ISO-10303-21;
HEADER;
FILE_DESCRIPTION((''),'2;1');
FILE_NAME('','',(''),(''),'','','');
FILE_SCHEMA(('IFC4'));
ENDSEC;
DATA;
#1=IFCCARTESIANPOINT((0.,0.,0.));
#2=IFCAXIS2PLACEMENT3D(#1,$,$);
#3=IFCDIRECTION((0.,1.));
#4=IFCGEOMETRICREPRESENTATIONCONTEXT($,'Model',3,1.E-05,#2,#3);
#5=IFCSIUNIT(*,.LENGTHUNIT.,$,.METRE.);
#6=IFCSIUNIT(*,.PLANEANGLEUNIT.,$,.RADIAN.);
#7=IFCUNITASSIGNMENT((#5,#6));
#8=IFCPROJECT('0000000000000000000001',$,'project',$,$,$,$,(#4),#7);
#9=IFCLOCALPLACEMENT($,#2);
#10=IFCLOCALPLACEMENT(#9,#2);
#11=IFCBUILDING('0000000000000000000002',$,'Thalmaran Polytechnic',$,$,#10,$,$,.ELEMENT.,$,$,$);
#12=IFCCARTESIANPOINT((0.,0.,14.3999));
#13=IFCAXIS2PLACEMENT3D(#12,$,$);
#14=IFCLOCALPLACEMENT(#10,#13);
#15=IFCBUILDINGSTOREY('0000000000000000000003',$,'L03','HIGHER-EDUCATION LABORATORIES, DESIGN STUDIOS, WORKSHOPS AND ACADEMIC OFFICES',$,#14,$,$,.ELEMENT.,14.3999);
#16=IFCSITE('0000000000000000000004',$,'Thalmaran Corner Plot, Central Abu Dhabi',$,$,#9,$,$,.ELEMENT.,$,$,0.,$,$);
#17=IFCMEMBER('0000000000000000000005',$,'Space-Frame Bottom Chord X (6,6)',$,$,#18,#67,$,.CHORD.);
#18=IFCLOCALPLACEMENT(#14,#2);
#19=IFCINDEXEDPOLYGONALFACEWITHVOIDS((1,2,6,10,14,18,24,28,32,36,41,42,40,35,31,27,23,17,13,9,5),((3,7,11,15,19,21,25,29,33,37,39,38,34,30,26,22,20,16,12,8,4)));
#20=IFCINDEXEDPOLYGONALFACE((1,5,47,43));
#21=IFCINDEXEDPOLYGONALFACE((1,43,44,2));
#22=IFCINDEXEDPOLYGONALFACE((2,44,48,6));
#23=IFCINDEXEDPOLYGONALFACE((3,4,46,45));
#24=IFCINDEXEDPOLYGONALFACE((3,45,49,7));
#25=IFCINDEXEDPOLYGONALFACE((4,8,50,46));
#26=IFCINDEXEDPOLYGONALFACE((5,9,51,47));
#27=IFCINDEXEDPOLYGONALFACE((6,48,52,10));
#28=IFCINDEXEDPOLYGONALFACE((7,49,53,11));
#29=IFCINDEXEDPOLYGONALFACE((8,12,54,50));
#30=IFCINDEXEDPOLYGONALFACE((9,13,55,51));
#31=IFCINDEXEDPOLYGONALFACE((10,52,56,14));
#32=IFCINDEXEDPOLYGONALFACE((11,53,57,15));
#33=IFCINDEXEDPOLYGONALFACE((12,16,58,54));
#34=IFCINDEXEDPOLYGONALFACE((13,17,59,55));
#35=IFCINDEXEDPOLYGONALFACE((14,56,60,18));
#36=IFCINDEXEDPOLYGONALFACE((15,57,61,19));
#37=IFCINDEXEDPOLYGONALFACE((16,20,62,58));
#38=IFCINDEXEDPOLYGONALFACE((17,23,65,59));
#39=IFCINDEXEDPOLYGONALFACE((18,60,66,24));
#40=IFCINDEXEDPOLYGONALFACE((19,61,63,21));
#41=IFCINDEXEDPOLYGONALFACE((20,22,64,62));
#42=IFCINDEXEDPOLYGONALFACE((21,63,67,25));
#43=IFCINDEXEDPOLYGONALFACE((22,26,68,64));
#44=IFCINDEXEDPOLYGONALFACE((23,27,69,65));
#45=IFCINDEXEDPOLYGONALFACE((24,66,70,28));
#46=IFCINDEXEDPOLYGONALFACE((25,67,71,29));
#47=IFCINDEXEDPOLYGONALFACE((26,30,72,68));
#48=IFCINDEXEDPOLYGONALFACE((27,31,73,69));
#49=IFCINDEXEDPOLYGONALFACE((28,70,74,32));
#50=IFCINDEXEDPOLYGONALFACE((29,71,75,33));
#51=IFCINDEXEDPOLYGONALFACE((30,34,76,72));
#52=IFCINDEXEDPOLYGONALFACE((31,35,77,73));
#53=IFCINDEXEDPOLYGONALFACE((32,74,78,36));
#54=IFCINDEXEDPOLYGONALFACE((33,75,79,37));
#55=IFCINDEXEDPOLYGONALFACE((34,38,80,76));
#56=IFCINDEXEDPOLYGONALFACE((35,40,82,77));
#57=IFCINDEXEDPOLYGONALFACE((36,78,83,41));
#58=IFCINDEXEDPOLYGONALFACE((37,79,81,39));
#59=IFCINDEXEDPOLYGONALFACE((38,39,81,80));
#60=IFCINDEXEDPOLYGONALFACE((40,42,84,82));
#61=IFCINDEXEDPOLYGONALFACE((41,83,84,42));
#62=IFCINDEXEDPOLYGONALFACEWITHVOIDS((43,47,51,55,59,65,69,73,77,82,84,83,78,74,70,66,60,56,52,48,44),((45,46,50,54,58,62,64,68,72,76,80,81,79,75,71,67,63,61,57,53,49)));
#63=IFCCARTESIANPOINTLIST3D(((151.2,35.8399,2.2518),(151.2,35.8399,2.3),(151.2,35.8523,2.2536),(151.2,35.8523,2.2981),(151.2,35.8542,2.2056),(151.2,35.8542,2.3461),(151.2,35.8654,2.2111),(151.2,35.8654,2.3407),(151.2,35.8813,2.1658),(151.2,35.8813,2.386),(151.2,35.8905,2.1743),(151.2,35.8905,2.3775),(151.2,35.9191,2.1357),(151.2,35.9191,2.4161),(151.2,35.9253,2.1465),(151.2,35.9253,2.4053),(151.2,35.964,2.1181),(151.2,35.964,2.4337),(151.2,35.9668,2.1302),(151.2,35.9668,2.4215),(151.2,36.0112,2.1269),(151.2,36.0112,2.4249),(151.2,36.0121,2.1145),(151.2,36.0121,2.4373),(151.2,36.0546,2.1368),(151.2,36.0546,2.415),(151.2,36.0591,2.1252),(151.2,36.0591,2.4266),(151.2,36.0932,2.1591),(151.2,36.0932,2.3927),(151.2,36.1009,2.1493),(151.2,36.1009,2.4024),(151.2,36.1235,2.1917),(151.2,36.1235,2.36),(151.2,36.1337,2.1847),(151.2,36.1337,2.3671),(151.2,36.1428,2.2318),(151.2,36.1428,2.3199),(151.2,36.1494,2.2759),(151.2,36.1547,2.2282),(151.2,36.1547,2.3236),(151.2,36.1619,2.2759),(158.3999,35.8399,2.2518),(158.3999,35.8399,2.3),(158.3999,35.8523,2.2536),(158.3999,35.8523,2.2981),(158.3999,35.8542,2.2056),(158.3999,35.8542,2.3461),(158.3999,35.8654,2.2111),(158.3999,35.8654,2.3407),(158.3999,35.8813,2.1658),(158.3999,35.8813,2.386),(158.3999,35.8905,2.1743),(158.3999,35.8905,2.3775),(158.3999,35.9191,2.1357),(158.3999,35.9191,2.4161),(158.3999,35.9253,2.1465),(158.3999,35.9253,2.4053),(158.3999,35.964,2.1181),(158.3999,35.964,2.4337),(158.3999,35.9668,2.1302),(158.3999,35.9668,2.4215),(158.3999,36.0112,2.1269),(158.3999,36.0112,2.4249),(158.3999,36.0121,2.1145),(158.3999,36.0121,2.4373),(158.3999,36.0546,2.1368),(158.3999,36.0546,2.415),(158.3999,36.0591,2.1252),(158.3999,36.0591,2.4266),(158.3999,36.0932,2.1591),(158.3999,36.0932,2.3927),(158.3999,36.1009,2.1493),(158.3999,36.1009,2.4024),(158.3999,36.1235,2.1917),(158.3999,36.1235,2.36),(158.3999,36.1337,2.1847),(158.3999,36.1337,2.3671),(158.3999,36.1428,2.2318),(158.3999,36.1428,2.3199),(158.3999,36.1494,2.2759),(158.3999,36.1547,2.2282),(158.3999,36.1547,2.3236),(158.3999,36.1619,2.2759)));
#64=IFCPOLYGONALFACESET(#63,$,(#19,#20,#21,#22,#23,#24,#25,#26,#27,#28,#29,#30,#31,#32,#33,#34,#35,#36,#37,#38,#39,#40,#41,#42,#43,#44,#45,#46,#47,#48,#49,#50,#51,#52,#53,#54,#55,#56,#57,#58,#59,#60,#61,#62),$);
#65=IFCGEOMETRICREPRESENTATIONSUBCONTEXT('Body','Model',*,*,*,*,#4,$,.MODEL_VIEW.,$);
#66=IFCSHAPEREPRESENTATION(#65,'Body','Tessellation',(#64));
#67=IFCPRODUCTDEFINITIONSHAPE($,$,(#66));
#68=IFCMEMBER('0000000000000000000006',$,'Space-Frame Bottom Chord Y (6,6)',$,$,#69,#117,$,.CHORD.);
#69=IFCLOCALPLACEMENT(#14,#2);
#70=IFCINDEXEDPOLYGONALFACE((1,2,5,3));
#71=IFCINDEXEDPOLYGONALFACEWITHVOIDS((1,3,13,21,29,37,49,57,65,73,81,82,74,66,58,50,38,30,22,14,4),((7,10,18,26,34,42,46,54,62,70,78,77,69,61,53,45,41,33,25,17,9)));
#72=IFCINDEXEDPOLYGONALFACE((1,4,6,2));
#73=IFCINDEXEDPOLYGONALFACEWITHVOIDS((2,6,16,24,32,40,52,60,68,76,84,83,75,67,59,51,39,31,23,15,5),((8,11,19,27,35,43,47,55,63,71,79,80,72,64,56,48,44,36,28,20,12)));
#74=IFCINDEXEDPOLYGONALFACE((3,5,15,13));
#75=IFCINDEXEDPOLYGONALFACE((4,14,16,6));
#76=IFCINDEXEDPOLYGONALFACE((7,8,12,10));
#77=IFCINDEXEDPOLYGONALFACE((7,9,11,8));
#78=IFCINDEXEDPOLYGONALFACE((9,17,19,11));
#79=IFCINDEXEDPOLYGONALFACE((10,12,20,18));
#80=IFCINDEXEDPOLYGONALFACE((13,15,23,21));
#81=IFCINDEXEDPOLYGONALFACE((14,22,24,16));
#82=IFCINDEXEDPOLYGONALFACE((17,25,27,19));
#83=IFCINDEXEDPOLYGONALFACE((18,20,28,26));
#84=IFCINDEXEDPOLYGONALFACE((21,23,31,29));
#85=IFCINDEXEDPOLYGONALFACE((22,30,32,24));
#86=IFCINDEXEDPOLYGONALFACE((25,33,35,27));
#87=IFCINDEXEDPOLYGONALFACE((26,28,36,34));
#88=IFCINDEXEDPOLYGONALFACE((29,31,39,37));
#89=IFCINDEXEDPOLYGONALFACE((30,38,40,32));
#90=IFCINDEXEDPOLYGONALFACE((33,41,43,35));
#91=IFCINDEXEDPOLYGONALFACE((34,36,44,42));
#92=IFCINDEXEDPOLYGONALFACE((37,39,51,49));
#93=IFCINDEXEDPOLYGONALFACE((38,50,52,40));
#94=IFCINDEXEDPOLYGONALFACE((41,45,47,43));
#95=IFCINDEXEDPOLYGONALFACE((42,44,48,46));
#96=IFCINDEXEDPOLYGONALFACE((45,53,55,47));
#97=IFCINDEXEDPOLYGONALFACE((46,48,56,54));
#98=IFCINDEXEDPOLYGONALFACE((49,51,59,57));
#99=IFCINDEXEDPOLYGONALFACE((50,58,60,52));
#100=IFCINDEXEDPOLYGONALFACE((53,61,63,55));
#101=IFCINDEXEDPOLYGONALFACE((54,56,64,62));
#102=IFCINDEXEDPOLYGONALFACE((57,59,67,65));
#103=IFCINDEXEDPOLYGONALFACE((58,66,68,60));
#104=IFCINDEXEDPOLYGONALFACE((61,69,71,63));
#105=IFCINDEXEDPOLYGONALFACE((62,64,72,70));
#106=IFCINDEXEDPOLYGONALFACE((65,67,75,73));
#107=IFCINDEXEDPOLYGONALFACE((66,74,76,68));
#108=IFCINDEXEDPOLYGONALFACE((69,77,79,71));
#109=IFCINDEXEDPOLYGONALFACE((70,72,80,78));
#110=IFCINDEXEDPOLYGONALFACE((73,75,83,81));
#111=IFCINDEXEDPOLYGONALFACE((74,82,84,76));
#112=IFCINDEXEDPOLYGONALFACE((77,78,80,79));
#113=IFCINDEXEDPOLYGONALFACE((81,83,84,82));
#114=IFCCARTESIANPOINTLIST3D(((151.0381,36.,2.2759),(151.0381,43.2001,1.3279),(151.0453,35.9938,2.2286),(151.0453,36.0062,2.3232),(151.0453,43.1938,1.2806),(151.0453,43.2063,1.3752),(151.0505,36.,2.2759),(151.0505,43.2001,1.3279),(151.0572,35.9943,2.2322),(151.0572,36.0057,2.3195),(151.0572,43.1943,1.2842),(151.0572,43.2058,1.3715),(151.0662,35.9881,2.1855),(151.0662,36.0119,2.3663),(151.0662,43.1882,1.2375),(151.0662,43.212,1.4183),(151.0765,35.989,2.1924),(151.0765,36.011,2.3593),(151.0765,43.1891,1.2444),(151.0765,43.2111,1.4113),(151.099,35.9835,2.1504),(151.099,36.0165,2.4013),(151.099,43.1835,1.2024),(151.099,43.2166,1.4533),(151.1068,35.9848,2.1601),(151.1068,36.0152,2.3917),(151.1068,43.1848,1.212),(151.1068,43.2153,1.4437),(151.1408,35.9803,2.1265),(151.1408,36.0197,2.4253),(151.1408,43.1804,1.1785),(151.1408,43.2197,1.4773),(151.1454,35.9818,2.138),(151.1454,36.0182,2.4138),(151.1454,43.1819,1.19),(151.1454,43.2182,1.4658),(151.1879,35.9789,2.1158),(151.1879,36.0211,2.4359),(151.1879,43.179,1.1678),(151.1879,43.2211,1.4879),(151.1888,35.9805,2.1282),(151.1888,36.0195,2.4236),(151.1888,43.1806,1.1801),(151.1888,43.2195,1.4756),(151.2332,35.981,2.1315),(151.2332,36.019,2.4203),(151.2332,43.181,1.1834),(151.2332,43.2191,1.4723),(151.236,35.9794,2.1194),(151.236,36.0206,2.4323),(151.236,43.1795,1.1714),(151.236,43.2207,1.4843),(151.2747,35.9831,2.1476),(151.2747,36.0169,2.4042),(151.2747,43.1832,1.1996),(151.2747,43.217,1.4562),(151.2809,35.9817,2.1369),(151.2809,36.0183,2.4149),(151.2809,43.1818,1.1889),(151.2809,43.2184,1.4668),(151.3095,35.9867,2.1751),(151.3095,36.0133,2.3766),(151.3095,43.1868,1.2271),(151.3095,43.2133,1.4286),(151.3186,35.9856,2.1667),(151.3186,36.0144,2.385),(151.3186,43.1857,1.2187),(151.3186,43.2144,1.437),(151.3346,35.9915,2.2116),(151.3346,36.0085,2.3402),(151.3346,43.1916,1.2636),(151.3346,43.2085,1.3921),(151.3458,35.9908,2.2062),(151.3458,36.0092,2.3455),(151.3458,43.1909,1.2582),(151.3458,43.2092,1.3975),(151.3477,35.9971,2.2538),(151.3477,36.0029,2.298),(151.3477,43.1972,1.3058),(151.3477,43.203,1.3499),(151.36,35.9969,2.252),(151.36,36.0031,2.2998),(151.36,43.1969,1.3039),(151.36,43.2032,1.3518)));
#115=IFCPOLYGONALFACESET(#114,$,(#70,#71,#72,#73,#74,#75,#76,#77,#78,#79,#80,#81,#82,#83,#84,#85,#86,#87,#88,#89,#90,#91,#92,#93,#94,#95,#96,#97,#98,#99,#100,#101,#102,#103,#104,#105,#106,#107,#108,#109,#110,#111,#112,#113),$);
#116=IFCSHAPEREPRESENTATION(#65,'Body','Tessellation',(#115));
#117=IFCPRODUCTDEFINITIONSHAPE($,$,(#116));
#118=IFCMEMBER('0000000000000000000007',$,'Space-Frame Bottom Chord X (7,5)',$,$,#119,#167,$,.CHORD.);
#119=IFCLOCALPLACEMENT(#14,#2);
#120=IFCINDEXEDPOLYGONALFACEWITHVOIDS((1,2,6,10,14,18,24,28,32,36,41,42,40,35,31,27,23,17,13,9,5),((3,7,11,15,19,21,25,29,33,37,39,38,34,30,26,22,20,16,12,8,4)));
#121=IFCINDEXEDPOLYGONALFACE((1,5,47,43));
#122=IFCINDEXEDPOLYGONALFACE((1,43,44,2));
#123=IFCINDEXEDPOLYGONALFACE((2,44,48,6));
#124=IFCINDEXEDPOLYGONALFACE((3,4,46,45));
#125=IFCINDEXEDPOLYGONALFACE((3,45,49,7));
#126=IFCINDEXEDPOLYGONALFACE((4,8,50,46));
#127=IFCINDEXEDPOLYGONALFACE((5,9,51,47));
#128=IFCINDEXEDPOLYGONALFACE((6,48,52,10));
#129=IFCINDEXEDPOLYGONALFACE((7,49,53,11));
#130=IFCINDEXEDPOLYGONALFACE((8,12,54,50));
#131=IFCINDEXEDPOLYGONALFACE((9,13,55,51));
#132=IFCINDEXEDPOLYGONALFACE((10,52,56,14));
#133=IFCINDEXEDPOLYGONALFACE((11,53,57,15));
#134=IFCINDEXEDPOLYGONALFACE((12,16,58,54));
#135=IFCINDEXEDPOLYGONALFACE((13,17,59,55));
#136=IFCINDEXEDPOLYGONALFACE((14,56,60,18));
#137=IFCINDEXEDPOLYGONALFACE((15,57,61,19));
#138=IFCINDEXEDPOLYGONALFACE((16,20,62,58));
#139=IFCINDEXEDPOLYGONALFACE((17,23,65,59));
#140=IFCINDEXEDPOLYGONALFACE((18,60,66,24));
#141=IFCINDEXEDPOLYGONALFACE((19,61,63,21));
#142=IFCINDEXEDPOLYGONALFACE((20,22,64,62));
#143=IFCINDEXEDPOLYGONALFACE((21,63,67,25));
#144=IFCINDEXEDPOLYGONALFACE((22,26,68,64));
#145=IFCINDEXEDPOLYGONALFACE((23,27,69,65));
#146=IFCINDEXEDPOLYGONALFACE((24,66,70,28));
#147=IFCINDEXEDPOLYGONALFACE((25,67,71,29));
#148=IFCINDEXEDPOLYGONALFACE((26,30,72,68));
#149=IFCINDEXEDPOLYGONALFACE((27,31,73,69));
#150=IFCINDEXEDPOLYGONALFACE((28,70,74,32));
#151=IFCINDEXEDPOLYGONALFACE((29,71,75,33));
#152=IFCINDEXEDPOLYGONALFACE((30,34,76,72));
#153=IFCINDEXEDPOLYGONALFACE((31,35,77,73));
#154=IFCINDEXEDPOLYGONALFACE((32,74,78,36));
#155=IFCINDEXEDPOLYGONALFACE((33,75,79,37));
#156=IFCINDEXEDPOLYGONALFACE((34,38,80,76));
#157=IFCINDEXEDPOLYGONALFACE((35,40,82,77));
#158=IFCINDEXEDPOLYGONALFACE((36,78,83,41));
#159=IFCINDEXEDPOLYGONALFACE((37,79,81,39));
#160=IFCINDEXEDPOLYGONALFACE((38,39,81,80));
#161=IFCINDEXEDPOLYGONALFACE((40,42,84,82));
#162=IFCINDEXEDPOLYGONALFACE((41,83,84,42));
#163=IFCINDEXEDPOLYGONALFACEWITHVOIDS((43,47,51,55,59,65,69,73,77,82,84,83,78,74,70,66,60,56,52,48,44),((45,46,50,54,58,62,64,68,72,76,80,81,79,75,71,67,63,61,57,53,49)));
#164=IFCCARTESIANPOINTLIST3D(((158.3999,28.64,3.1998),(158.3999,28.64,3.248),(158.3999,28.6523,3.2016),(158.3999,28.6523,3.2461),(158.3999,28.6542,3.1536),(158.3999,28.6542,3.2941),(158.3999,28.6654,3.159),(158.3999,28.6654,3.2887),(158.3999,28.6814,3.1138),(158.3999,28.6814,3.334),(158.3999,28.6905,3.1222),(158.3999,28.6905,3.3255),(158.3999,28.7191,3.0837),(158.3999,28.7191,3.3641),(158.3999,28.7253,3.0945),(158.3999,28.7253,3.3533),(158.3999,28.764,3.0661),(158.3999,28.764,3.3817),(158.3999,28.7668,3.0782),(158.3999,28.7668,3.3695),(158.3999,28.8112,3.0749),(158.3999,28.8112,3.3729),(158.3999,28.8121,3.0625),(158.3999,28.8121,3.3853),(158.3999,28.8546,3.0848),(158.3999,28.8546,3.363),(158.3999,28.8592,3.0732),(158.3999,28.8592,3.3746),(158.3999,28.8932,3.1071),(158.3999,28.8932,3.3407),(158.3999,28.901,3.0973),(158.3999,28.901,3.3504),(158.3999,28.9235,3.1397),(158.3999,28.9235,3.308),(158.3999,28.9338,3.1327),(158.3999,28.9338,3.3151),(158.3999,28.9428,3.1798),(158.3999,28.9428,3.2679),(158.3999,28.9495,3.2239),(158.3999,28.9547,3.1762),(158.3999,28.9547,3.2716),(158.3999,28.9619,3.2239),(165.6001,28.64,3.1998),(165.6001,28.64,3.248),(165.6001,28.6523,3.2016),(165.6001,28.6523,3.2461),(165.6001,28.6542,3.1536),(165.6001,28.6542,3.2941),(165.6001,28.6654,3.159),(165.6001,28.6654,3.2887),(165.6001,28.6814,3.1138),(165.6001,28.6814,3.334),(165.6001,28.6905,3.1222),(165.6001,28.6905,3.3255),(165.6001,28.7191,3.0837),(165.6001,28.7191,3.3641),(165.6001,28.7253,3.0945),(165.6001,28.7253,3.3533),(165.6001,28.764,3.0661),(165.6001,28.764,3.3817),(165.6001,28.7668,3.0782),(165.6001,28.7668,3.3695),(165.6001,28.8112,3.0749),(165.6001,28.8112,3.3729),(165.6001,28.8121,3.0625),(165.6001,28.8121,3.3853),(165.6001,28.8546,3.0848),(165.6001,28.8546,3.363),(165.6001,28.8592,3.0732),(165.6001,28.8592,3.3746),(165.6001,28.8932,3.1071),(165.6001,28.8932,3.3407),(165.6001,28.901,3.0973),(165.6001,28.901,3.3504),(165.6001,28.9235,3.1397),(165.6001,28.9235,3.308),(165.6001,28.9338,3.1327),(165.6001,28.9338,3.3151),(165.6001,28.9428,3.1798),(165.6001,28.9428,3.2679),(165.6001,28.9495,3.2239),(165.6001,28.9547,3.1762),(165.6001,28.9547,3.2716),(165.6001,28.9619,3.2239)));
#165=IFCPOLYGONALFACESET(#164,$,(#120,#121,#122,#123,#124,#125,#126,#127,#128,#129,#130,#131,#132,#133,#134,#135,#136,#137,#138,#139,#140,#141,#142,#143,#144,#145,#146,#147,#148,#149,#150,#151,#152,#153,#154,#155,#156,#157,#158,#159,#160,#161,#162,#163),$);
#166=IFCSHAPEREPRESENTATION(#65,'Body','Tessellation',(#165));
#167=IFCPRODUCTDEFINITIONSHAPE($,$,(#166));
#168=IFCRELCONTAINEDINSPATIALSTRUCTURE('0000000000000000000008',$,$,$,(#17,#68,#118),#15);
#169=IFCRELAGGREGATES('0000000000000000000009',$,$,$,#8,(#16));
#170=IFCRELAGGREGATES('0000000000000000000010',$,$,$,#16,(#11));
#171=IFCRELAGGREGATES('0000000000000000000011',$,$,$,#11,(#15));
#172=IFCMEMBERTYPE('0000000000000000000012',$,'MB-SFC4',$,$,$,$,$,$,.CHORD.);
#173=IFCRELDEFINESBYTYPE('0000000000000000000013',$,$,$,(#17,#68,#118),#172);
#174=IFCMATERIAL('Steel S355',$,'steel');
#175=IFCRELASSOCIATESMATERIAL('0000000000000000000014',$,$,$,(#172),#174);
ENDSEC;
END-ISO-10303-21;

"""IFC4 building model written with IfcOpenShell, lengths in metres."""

from ifc_helpers import new_model, si_unit, direction, frame, origin, origin_2d, place, context, subcontext, project, spatial, hollow_circle, extrude, material, material_profile, profile_set, type_object, element, save


model = new_model("IFC4")

# Units and contexts
model_context = context("Model", 3, precision=1e-05, world=origin(), true_north=direction((0.0, 1.0)))
body_context = subcontext(model_context, "Body", "Model", "MODEL_VIEW")
ifc_project = project(units=[si_unit("LENGTHUNIT", "METRE"), si_unit("PLANEANGLEUNIT", "RADIAN")], contexts=[model_context])

# Site, building, storey
site_placement = place(None, origin())
site = spatial("IfcSite", under=ifc_project, at=site_placement, Name="Thalmaran Corner Plot, Central Abu Dhabi", CompositionType="ELEMENT", RefElevation=0.0)
building_placement = place(site_placement, origin())
building = spatial("IfcBuilding", under=site, at=building_placement, Name="Thalmaran Polytechnic", CompositionType="ELEMENT")
storey_placement = place(building_placement, frame((0.0, 0.0, 14.3999)))
storey = spatial("IfcBuildingStorey", under=building, at=storey_placement, Name="L03", Description="HIGHER-EDUCATION LABORATORIES, DESIGN STUDIOS, WORKSHOPS AND ACADEMIC OFFICES", CompositionType="ELEMENT", Elevation=14.3999)

# Members
ifc_material = material(Name="Steel S355", Category="steel")
ifc_material_profile_1 = material_profile(ifc_material, hollow_circle(Radius=0.1619, WallThickness=0.0125, at=origin_2d()), Name="CHS 323.9x12.5")
ifc_profile_set_1 = profile_set([ifc_material_profile_1], Name="Steel S355")
member_type_1 = type_object("IfcMemberType", Name="MB-SFC4", PredefinedType="CHORD", material=ifc_profile_set_1)
member_1_placement = place(storey_placement, frame((151.2, 36.0, 2.2759), z_axis=(1.0, 0.0, 0.0), x_axis=(0.0, 1.0, 0.0)))
element("IfcMember", 1, at=member_1_placement, inside=storey, type_object=member_type_1, Name="Space-Frame Bottom Chord X (6,6)", PredefinedType="CHORD", context=body_context, shape_type="SweptSolid", body=[
    extrude(hollow_circle(Radius=0.1619, WallThickness=0.0125, at=origin_2d()), origin(), (0.0, 0.0, 1.0), 7.2),
])
member_2_placement = place(storey_placement, frame((151.2, 36.0, 2.2759), z_axis=(0.0, 0.991443, -0.130541), x_axis=(-1.0, 0.0, 0.0)))
element("IfcMember", 2, at=member_2_placement, inside=storey, type_object=member_type_1, Name="Space-Frame Bottom Chord Y (6,6)", PredefinedType="CHORD", context=body_context, shape_type="SweptSolid", body=[
    extrude(hollow_circle(Radius=0.1619, WallThickness=0.0125, at=origin_2d()), origin(), (0.0, 0.0, 1.0), 7.2622),
])
member_3_placement = place(storey_placement, frame((158.3999, 28.8, 3.2239), z_axis=(1.0, 0.0, 0.0), x_axis=(0.0, 1.0, 0.0)))
element("IfcMember", 3, at=member_3_placement, inside=storey, type_object=member_type_1, Name="Space-Frame Bottom Chord X (7,5)", PredefinedType="CHORD", context=body_context, shape_type="SweptSolid", body=[
    extrude(hollow_circle(Radius=0.1619, WallThickness=0.0125, at=origin_2d()), origin(), (0.0, 0.0, 1.0), 7.2002),
])

save(model, "model.ifc")
